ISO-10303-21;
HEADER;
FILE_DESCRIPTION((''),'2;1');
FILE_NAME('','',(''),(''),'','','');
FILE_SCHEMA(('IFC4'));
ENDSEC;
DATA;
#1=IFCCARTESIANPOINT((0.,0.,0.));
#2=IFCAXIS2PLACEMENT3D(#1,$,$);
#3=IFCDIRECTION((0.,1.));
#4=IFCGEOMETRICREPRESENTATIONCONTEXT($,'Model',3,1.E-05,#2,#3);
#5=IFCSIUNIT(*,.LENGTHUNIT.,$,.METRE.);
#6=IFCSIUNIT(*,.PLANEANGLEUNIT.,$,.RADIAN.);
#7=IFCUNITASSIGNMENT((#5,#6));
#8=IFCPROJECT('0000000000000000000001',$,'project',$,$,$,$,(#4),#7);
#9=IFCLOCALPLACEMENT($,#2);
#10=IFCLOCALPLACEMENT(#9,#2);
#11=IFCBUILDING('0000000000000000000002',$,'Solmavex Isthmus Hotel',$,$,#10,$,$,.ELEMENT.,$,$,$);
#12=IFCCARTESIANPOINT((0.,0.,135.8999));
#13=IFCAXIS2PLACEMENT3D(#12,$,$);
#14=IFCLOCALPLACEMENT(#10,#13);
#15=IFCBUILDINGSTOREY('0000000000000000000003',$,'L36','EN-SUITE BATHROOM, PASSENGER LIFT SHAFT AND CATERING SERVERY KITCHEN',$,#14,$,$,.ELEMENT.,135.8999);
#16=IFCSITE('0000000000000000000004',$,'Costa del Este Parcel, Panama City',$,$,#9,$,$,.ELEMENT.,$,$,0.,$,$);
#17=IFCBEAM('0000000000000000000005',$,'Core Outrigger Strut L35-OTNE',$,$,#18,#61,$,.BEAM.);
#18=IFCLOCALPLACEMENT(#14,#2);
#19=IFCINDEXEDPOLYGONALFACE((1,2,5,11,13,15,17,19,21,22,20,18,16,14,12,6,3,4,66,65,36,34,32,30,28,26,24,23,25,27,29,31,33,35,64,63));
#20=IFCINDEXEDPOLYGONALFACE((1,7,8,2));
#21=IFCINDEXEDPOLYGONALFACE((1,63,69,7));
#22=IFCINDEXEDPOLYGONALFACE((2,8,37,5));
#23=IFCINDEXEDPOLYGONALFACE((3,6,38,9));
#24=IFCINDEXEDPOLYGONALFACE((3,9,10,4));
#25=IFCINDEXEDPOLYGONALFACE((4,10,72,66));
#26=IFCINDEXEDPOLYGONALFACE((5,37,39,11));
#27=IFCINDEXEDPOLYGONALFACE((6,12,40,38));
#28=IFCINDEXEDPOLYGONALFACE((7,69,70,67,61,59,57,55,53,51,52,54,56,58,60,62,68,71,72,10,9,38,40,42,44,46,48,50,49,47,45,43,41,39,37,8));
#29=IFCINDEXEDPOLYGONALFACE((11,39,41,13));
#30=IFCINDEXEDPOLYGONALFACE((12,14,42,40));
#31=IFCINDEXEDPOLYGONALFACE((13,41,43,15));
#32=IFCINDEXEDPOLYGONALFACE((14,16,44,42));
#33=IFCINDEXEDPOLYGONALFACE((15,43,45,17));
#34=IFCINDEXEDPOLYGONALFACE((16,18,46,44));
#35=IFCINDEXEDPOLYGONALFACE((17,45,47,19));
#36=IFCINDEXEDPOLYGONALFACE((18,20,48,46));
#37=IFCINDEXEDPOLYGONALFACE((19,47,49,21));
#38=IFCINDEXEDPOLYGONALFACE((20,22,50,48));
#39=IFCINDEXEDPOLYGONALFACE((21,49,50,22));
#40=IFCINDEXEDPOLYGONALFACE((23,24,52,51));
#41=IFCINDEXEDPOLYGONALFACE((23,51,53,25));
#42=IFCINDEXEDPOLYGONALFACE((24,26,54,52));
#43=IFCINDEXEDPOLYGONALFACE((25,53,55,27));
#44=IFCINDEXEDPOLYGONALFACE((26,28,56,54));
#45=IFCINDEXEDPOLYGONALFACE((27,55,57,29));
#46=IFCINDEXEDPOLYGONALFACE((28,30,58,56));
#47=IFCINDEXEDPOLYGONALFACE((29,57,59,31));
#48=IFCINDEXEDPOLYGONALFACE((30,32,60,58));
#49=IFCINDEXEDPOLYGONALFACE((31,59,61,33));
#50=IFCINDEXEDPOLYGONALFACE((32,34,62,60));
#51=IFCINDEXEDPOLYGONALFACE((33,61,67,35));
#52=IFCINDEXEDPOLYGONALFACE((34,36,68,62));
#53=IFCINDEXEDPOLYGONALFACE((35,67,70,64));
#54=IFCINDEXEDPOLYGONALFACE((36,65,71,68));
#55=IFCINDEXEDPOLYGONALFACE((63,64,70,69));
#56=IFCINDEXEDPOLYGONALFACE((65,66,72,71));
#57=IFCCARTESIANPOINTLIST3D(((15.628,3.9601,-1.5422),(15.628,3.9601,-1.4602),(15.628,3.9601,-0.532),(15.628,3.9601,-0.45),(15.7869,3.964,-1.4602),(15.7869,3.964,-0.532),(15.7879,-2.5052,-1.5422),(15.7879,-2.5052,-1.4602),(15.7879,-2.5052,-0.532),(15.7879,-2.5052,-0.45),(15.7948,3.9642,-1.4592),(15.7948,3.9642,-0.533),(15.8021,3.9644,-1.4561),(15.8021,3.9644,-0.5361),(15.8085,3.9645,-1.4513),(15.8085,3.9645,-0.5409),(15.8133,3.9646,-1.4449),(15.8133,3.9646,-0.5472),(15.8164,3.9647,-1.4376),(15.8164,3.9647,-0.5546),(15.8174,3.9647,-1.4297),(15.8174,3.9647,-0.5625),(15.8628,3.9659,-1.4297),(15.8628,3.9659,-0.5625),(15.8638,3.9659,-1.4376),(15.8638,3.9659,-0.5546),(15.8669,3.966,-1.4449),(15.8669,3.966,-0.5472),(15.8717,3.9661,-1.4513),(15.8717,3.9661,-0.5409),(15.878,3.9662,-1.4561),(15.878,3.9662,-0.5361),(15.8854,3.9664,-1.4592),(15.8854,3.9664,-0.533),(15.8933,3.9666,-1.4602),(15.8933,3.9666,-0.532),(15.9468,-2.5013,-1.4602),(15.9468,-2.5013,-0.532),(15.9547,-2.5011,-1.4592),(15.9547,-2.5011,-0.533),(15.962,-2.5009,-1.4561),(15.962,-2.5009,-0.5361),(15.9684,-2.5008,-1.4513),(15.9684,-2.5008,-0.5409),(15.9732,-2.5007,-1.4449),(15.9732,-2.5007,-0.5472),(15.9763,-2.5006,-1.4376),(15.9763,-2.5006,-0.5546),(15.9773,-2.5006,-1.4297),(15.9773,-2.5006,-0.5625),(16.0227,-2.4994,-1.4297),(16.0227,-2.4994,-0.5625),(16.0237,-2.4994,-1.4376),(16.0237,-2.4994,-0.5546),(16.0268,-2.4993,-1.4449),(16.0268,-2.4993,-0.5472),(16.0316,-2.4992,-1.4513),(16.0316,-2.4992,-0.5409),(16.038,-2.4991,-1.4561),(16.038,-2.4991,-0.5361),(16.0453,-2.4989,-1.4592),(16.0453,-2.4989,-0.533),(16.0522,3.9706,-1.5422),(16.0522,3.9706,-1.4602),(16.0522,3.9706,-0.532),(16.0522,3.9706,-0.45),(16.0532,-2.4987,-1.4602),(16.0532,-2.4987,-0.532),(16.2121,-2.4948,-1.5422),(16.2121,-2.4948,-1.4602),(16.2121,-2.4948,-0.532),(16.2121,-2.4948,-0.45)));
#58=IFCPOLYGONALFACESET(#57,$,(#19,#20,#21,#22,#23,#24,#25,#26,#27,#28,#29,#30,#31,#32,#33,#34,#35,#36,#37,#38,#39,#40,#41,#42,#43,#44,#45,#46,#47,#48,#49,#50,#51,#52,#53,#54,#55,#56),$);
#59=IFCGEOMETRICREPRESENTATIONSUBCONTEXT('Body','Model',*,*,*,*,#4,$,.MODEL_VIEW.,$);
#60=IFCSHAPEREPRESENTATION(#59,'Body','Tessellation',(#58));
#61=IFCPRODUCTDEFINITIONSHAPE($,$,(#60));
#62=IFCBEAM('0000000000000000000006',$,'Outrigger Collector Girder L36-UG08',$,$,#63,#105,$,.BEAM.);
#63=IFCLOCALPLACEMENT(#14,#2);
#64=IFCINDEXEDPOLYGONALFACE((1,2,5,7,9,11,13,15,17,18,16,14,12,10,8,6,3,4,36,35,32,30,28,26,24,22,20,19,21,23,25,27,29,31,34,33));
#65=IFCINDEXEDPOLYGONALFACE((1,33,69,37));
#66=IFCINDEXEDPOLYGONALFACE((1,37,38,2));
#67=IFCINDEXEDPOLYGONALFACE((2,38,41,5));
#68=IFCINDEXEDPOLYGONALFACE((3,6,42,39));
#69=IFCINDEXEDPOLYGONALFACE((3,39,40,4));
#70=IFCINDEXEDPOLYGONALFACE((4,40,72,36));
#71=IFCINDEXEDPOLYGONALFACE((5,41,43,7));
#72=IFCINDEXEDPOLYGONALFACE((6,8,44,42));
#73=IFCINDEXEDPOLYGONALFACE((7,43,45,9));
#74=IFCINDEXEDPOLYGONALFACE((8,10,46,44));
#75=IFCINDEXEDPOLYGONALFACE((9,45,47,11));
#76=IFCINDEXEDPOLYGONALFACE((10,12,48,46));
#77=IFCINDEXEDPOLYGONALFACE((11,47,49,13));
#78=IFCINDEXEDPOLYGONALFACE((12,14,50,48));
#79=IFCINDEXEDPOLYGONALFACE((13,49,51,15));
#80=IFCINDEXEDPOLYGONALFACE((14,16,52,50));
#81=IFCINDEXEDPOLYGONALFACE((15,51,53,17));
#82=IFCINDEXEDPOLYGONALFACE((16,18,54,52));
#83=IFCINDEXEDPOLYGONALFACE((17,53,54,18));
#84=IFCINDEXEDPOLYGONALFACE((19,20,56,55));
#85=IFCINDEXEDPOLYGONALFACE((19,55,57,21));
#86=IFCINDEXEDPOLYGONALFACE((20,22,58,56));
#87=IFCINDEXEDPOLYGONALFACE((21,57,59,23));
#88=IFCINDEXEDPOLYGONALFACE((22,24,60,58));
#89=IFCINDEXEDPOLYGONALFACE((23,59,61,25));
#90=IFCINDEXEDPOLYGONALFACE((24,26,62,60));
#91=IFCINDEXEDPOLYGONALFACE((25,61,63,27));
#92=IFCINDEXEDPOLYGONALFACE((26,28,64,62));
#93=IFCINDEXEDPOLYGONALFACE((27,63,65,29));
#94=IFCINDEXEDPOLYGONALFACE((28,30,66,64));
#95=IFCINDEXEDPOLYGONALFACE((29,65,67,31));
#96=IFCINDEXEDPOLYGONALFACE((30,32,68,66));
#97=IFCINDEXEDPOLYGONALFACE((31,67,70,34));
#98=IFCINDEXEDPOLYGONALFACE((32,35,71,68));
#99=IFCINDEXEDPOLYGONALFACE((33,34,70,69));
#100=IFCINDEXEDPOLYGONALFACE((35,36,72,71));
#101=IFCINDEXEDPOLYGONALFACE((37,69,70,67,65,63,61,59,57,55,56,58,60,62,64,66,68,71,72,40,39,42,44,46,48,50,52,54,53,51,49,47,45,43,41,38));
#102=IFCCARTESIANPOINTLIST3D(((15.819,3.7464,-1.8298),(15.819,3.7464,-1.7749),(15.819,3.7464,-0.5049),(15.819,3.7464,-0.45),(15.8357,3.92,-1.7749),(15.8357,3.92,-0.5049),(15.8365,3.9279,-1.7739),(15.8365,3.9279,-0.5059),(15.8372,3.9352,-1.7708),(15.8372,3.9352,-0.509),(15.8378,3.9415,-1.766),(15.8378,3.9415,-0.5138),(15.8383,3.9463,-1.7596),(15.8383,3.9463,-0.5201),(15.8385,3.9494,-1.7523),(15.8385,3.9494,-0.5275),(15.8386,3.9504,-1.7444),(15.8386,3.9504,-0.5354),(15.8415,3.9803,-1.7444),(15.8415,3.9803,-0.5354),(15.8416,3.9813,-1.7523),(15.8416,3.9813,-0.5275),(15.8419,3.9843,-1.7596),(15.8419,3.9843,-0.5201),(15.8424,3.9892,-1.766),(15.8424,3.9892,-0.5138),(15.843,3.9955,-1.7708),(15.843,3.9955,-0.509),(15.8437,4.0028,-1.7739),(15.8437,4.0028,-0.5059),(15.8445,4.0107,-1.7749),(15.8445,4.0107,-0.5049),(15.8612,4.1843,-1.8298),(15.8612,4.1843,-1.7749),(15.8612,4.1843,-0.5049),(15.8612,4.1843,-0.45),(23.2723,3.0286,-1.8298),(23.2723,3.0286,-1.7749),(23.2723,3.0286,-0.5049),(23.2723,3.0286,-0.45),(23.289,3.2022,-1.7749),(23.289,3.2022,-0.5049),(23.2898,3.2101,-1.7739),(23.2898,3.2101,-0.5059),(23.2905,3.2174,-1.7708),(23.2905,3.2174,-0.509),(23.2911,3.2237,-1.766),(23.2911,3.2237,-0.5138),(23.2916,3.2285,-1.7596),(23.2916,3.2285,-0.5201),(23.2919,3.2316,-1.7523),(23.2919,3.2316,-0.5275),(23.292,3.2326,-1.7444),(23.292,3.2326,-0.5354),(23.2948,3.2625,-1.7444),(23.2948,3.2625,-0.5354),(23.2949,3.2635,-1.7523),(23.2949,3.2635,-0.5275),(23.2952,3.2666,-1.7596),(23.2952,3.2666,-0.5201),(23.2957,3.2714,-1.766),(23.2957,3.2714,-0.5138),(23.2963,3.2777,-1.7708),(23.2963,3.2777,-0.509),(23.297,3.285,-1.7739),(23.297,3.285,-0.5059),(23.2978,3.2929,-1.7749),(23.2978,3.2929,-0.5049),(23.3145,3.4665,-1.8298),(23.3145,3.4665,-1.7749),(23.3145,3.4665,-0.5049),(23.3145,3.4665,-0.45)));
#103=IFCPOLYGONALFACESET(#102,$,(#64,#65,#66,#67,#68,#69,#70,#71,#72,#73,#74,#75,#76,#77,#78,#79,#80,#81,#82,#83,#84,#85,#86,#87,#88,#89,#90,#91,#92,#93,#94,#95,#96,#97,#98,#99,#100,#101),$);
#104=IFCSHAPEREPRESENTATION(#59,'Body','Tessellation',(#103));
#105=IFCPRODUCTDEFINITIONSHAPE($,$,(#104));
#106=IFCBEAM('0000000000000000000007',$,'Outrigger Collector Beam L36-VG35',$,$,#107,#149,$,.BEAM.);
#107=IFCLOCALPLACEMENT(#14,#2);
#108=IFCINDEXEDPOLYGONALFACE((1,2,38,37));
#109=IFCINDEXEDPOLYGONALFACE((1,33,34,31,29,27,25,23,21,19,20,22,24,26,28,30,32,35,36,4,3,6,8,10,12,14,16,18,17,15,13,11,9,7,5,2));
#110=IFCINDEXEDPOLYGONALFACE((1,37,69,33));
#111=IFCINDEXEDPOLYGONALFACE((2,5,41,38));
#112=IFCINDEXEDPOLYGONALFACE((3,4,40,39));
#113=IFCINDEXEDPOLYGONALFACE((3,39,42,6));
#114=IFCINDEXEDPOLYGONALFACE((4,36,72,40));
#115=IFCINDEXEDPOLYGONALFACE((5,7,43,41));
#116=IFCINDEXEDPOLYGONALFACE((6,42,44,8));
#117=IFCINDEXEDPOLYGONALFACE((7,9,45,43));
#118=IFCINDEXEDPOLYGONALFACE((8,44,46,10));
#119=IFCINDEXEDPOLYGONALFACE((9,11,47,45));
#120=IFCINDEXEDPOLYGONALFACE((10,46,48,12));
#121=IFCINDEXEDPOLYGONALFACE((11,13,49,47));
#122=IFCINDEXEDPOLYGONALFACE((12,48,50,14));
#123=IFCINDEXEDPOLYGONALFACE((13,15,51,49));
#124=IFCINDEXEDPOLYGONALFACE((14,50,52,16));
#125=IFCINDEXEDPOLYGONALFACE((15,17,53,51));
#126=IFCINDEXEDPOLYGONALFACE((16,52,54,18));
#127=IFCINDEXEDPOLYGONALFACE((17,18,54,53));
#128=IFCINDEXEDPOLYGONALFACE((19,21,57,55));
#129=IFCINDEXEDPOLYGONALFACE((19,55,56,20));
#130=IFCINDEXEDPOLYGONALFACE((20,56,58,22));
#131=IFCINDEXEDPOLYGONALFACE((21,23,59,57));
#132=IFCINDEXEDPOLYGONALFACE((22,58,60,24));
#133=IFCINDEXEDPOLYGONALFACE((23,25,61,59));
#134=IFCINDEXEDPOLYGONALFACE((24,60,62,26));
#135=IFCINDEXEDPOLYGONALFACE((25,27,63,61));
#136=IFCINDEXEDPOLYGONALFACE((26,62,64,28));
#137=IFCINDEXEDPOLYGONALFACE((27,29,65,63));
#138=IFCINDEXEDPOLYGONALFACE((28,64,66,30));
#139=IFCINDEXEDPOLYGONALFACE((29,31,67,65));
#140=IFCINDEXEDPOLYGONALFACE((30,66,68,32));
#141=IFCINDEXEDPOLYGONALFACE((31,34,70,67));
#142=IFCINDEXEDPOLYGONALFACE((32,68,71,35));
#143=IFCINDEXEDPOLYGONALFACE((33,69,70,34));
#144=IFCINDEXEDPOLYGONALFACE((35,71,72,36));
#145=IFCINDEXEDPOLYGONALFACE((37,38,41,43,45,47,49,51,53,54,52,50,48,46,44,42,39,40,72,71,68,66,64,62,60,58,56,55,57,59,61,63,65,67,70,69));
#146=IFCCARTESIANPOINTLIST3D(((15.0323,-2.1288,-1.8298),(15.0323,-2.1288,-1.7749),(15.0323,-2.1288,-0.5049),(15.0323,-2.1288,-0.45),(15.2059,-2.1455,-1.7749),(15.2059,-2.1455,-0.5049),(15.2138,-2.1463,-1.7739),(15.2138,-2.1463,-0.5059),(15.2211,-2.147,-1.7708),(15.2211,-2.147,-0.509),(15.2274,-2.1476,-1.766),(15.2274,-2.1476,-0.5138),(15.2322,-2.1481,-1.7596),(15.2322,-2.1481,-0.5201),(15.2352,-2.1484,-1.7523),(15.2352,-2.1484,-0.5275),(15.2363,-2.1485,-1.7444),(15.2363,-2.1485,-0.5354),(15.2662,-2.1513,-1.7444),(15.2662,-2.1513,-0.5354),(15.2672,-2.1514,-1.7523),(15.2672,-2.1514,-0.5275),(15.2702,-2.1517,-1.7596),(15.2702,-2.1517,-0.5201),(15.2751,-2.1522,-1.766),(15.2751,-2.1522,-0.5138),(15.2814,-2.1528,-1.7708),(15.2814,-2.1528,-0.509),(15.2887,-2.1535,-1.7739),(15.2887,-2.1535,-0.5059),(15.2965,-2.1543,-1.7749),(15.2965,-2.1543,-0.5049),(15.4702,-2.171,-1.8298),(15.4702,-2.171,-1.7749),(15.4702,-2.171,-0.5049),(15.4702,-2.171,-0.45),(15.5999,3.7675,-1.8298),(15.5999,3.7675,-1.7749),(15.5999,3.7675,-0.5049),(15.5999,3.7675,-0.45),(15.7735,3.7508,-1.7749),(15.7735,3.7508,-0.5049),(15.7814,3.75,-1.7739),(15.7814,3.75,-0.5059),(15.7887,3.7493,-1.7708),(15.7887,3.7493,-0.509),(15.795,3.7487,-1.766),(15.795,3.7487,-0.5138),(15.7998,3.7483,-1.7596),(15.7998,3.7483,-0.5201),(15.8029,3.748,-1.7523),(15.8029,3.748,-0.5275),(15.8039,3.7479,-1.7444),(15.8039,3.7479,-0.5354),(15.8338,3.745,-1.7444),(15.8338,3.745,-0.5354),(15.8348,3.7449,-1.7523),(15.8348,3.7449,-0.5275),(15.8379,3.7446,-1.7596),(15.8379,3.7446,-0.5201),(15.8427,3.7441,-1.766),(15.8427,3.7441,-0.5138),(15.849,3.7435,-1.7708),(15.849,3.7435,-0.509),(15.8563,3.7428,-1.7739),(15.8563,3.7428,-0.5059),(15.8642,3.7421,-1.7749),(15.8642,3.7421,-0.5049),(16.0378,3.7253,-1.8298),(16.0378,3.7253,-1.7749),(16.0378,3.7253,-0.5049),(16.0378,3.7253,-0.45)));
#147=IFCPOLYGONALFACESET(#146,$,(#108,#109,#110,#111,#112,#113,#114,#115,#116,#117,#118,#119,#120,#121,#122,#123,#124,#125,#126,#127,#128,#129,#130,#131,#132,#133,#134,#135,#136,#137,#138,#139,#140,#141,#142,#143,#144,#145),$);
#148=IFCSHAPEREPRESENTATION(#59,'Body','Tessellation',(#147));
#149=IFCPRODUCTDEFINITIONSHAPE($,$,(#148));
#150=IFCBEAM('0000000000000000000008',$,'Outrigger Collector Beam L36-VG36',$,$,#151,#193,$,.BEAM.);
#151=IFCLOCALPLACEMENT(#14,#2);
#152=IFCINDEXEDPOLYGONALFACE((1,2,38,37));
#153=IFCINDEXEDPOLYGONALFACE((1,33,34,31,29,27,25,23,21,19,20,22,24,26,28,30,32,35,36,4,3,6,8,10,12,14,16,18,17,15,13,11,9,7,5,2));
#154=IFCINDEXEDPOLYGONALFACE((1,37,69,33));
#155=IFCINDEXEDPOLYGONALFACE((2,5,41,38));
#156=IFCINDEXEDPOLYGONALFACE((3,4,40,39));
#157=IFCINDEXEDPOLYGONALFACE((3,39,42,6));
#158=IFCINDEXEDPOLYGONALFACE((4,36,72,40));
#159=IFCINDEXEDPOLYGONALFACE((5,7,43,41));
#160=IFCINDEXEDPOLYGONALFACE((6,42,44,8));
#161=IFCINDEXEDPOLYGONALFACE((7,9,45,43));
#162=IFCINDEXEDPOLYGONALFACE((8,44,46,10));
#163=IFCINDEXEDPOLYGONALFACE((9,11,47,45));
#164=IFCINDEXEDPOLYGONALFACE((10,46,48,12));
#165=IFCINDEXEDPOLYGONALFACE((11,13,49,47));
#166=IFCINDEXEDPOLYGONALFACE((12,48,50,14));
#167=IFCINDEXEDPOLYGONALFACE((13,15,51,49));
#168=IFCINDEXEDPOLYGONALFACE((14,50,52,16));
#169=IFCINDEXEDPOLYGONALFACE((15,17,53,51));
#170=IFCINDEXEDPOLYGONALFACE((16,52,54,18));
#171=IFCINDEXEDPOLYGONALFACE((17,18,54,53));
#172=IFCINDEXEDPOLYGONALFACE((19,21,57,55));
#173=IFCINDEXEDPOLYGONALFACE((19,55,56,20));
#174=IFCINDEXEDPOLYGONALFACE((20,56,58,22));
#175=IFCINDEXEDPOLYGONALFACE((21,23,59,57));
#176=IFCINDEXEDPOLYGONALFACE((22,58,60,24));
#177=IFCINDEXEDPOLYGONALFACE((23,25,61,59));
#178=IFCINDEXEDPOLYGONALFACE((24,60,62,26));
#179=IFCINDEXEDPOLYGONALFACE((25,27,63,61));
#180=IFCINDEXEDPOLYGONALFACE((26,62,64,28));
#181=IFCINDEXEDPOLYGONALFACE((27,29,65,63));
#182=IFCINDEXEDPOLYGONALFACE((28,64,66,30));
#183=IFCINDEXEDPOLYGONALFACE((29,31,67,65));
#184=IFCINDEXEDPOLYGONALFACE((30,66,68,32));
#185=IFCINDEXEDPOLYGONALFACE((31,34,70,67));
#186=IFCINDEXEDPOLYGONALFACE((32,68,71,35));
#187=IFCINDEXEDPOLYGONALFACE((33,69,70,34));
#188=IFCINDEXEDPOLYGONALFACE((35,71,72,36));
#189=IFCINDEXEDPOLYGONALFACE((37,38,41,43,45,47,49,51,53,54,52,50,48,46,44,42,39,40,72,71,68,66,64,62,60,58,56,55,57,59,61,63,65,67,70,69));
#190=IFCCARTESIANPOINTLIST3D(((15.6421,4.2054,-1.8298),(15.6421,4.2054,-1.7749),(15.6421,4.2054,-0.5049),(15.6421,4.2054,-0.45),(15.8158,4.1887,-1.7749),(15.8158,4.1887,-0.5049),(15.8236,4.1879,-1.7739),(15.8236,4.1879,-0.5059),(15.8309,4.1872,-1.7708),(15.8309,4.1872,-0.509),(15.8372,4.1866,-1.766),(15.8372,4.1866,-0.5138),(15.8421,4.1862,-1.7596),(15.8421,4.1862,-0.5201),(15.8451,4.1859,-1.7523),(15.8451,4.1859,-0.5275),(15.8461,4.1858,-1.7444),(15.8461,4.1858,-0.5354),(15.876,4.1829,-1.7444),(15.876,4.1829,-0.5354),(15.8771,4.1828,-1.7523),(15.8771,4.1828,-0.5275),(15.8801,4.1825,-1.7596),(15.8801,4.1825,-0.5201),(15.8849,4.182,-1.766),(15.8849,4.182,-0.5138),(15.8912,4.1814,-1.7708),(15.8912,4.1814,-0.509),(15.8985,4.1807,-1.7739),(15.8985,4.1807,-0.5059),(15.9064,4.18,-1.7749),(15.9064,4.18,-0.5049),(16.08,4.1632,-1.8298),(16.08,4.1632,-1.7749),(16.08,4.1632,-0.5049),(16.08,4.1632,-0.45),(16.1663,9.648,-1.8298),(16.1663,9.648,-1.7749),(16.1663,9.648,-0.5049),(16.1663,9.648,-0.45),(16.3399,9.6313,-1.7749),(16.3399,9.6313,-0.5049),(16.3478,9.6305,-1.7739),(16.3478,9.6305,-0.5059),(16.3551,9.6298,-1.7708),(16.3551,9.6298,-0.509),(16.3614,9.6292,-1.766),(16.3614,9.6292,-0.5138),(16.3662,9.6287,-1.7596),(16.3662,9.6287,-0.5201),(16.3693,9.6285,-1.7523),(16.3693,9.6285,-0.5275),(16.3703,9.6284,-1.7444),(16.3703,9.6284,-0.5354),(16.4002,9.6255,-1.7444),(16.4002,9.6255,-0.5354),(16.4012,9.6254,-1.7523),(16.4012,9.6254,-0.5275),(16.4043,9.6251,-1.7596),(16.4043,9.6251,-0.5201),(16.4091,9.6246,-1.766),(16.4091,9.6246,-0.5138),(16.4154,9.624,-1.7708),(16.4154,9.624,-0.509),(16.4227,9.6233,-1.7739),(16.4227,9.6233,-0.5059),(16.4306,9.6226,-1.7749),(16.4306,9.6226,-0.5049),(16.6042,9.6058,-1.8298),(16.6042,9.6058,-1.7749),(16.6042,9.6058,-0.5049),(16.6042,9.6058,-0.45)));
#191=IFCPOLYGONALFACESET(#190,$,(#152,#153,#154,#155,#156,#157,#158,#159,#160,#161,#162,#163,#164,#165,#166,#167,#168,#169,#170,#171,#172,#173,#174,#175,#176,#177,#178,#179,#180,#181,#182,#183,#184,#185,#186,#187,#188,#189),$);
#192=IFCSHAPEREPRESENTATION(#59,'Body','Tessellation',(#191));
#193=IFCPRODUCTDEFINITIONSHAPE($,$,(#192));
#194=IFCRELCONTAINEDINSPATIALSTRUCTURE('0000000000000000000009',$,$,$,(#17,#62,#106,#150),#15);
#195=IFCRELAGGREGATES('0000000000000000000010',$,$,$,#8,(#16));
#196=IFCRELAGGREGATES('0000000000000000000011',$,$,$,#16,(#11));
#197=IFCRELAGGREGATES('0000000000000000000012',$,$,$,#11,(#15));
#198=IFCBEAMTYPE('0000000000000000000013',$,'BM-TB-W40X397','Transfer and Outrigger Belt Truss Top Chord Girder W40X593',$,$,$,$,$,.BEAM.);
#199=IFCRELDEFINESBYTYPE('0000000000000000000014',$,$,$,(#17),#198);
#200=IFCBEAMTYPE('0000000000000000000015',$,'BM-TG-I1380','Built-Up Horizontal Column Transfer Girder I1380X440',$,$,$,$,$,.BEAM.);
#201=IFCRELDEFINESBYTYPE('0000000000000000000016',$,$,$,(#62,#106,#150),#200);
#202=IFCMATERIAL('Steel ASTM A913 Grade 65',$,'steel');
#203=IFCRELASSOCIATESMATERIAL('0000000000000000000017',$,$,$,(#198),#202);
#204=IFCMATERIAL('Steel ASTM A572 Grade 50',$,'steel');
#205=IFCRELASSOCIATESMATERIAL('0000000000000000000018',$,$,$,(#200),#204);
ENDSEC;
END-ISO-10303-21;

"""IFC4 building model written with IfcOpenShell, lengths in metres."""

from ifc_helpers import new_model, si_unit, direction, frame, origin, origin_2d, place, context, subcontext, project, spatial, i_section, extrude, material, material_profile, profile_set, type_object, element, save


model = new_model("IFC4")

# Units and contexts
model_context = context("Model", 3, precision=1e-05, world=origin(), true_north=direction((0.0, 1.0)))
body_context = subcontext(model_context, "Body", "Model", "MODEL_VIEW")
ifc_project = project(units=[si_unit("LENGTHUNIT", "METRE"), si_unit("PLANEANGLEUNIT", "RADIAN")], contexts=[model_context])

# Site, building, storey
site_placement = place(None, origin())
site = spatial("IfcSite", under=ifc_project, at=site_placement, Name="Costa del Este Parcel, Panama City", CompositionType="ELEMENT", RefElevation=0.0)
building_placement = place(site_placement, origin())
building = spatial("IfcBuilding", under=site, at=building_placement, Name="Solmavex Isthmus Hotel", CompositionType="ELEMENT")
storey_placement = place(building_placement, frame((0.0, 0.0, 135.8999)))
storey = spatial("IfcBuildingStorey", under=building, at=storey_placement, Name="L36", Description="EN-SUITE BATHROOM, PASSENGER LIFT SHAFT AND CATERING SERVERY KITCHEN", CompositionType="ELEMENT", Elevation=135.8999)

# Shared definitions
ifc_material_1 = material(Name="Steel ASTM A913 Grade 65", Category="steel")

# Beams
ifc_material_profile_1 = material_profile(ifc_material_1, i_section(OverallWidth=0.4243, OverallDepth=1.0923, WebThickness=0.0454, FlangeThickness=0.082, FilletRadius=0.0305, at=origin_2d()), Name="W40X593")
ifc_profile_set_1 = profile_set([ifc_material_profile_1], Name="Steel ASTM A913 Grade 65")
beam_type_1 = type_object("IfcBeamType", Name="BM-TB-W40X397", Description="Transfer and Outrigger Belt Truss Top Chord Girder W40X593", PredefinedType="BEAM", material=ifc_profile_set_1)
beam_1_placement = place(storey_placement, frame((16.0, -2.5, -0.9961), z_axis=(-0.024726, 0.999694, 0.0), x_axis=(-0.999694, -0.024726, 0.0)))
element("IfcBeam", 1, at=beam_1_placement, inside=storey, type_object=beam_type_1, Name="Core Outrigger Strut L35-OTNE", PredefinedType="BEAM", context=body_context, shape_type="SweptSolid", body=[
    extrude(i_section(OverallWidth=0.4243, OverallDepth=1.0923, WebThickness=0.0454, FlangeThickness=0.082, FilletRadius=0.0305, at=origin_2d()), origin(), (0.0, 0.0, 1.0), 6.4673),
])
ifc_material_2 = material(Name="Steel ASTM A572 Grade 50", Category="steel")
ifc_material_profile_2 = material_profile(ifc_material_2, i_section(OverallWidth=0.4399, OverallDepth=1.3799, WebThickness=0.03, FlangeThickness=0.0549, FilletRadius=0.0305, at=origin_2d()), Name="I1380X440")
ifc_profile_set_2 = profile_set([ifc_material_profile_2], Name="Steel ASTM A572 Grade 50")
beam_type_2 = type_object("IfcBeamType", Name="BM-TG-I1380", Description="Built-Up Horizontal Column Transfer Girder I1380X440", PredefinedType="BEAM", material=ifc_profile_set_2)
beam_2_placement = place(storey_placement, frame((15.8401, 3.9653, -1.1399), z_axis=(0.995395, -0.095858, 0.0), x_axis=(0.095858, 0.995395, 0.0)))
element("IfcBeam", 2, at=beam_2_placement, inside=storey, type_object=beam_type_2, Name="Outrigger Collector Girder L36-UG08", PredefinedType="BEAM", context=body_context, shape_type="SweptSolid", body=[
    extrude(i_section(OverallWidth=0.4399, OverallDepth=1.3799, WebThickness=0.03, FlangeThickness=0.0549, FilletRadius=0.0305, at=origin_2d()), origin(), (0.0, 0.0, 1.0), 7.4878),
])
beam_3_placement = place(storey_placement, frame((15.2512, -2.1499, -1.1399), z_axis=(0.095826, 0.995398, 0.0), x_axis=(-0.995398, 0.095826, 0.0)))
element("IfcBeam", 3, at=beam_3_placement, inside=storey, type_object=beam_type_2, Name="Outrigger Collector Beam L36-VG35", PredefinedType="BEAM", context=body_context, shape_type="SweptSolid", body=[
    extrude(i_section(OverallWidth=0.4399, OverallDepth=1.3799, WebThickness=0.03, FlangeThickness=0.0549, FilletRadius=0.0305, at=origin_2d()), origin(), (0.0, 0.0, 1.0), 5.9236),
])
beam_4_placement = place(storey_placement, frame((15.8611, 4.1843, -1.1399), z_axis=(0.095865, 0.995394, 0.0), x_axis=(-0.995394, 0.095865, 0.0)))
element("IfcBeam", 4, at=beam_4_placement, inside=storey, type_object=beam_type_2, Name="Outrigger Collector Beam L36-VG36", PredefinedType="BEAM", context=body_context, shape_type="SweptSolid", body=[
    extrude(i_section(OverallWidth=0.4399, OverallDepth=1.3799, WebThickness=0.03, FlangeThickness=0.0549, FilletRadius=0.0305, at=origin_2d()), origin(), (0.0, 0.0, 1.0), 5.4678),
])

save(model, "model.ifc")
